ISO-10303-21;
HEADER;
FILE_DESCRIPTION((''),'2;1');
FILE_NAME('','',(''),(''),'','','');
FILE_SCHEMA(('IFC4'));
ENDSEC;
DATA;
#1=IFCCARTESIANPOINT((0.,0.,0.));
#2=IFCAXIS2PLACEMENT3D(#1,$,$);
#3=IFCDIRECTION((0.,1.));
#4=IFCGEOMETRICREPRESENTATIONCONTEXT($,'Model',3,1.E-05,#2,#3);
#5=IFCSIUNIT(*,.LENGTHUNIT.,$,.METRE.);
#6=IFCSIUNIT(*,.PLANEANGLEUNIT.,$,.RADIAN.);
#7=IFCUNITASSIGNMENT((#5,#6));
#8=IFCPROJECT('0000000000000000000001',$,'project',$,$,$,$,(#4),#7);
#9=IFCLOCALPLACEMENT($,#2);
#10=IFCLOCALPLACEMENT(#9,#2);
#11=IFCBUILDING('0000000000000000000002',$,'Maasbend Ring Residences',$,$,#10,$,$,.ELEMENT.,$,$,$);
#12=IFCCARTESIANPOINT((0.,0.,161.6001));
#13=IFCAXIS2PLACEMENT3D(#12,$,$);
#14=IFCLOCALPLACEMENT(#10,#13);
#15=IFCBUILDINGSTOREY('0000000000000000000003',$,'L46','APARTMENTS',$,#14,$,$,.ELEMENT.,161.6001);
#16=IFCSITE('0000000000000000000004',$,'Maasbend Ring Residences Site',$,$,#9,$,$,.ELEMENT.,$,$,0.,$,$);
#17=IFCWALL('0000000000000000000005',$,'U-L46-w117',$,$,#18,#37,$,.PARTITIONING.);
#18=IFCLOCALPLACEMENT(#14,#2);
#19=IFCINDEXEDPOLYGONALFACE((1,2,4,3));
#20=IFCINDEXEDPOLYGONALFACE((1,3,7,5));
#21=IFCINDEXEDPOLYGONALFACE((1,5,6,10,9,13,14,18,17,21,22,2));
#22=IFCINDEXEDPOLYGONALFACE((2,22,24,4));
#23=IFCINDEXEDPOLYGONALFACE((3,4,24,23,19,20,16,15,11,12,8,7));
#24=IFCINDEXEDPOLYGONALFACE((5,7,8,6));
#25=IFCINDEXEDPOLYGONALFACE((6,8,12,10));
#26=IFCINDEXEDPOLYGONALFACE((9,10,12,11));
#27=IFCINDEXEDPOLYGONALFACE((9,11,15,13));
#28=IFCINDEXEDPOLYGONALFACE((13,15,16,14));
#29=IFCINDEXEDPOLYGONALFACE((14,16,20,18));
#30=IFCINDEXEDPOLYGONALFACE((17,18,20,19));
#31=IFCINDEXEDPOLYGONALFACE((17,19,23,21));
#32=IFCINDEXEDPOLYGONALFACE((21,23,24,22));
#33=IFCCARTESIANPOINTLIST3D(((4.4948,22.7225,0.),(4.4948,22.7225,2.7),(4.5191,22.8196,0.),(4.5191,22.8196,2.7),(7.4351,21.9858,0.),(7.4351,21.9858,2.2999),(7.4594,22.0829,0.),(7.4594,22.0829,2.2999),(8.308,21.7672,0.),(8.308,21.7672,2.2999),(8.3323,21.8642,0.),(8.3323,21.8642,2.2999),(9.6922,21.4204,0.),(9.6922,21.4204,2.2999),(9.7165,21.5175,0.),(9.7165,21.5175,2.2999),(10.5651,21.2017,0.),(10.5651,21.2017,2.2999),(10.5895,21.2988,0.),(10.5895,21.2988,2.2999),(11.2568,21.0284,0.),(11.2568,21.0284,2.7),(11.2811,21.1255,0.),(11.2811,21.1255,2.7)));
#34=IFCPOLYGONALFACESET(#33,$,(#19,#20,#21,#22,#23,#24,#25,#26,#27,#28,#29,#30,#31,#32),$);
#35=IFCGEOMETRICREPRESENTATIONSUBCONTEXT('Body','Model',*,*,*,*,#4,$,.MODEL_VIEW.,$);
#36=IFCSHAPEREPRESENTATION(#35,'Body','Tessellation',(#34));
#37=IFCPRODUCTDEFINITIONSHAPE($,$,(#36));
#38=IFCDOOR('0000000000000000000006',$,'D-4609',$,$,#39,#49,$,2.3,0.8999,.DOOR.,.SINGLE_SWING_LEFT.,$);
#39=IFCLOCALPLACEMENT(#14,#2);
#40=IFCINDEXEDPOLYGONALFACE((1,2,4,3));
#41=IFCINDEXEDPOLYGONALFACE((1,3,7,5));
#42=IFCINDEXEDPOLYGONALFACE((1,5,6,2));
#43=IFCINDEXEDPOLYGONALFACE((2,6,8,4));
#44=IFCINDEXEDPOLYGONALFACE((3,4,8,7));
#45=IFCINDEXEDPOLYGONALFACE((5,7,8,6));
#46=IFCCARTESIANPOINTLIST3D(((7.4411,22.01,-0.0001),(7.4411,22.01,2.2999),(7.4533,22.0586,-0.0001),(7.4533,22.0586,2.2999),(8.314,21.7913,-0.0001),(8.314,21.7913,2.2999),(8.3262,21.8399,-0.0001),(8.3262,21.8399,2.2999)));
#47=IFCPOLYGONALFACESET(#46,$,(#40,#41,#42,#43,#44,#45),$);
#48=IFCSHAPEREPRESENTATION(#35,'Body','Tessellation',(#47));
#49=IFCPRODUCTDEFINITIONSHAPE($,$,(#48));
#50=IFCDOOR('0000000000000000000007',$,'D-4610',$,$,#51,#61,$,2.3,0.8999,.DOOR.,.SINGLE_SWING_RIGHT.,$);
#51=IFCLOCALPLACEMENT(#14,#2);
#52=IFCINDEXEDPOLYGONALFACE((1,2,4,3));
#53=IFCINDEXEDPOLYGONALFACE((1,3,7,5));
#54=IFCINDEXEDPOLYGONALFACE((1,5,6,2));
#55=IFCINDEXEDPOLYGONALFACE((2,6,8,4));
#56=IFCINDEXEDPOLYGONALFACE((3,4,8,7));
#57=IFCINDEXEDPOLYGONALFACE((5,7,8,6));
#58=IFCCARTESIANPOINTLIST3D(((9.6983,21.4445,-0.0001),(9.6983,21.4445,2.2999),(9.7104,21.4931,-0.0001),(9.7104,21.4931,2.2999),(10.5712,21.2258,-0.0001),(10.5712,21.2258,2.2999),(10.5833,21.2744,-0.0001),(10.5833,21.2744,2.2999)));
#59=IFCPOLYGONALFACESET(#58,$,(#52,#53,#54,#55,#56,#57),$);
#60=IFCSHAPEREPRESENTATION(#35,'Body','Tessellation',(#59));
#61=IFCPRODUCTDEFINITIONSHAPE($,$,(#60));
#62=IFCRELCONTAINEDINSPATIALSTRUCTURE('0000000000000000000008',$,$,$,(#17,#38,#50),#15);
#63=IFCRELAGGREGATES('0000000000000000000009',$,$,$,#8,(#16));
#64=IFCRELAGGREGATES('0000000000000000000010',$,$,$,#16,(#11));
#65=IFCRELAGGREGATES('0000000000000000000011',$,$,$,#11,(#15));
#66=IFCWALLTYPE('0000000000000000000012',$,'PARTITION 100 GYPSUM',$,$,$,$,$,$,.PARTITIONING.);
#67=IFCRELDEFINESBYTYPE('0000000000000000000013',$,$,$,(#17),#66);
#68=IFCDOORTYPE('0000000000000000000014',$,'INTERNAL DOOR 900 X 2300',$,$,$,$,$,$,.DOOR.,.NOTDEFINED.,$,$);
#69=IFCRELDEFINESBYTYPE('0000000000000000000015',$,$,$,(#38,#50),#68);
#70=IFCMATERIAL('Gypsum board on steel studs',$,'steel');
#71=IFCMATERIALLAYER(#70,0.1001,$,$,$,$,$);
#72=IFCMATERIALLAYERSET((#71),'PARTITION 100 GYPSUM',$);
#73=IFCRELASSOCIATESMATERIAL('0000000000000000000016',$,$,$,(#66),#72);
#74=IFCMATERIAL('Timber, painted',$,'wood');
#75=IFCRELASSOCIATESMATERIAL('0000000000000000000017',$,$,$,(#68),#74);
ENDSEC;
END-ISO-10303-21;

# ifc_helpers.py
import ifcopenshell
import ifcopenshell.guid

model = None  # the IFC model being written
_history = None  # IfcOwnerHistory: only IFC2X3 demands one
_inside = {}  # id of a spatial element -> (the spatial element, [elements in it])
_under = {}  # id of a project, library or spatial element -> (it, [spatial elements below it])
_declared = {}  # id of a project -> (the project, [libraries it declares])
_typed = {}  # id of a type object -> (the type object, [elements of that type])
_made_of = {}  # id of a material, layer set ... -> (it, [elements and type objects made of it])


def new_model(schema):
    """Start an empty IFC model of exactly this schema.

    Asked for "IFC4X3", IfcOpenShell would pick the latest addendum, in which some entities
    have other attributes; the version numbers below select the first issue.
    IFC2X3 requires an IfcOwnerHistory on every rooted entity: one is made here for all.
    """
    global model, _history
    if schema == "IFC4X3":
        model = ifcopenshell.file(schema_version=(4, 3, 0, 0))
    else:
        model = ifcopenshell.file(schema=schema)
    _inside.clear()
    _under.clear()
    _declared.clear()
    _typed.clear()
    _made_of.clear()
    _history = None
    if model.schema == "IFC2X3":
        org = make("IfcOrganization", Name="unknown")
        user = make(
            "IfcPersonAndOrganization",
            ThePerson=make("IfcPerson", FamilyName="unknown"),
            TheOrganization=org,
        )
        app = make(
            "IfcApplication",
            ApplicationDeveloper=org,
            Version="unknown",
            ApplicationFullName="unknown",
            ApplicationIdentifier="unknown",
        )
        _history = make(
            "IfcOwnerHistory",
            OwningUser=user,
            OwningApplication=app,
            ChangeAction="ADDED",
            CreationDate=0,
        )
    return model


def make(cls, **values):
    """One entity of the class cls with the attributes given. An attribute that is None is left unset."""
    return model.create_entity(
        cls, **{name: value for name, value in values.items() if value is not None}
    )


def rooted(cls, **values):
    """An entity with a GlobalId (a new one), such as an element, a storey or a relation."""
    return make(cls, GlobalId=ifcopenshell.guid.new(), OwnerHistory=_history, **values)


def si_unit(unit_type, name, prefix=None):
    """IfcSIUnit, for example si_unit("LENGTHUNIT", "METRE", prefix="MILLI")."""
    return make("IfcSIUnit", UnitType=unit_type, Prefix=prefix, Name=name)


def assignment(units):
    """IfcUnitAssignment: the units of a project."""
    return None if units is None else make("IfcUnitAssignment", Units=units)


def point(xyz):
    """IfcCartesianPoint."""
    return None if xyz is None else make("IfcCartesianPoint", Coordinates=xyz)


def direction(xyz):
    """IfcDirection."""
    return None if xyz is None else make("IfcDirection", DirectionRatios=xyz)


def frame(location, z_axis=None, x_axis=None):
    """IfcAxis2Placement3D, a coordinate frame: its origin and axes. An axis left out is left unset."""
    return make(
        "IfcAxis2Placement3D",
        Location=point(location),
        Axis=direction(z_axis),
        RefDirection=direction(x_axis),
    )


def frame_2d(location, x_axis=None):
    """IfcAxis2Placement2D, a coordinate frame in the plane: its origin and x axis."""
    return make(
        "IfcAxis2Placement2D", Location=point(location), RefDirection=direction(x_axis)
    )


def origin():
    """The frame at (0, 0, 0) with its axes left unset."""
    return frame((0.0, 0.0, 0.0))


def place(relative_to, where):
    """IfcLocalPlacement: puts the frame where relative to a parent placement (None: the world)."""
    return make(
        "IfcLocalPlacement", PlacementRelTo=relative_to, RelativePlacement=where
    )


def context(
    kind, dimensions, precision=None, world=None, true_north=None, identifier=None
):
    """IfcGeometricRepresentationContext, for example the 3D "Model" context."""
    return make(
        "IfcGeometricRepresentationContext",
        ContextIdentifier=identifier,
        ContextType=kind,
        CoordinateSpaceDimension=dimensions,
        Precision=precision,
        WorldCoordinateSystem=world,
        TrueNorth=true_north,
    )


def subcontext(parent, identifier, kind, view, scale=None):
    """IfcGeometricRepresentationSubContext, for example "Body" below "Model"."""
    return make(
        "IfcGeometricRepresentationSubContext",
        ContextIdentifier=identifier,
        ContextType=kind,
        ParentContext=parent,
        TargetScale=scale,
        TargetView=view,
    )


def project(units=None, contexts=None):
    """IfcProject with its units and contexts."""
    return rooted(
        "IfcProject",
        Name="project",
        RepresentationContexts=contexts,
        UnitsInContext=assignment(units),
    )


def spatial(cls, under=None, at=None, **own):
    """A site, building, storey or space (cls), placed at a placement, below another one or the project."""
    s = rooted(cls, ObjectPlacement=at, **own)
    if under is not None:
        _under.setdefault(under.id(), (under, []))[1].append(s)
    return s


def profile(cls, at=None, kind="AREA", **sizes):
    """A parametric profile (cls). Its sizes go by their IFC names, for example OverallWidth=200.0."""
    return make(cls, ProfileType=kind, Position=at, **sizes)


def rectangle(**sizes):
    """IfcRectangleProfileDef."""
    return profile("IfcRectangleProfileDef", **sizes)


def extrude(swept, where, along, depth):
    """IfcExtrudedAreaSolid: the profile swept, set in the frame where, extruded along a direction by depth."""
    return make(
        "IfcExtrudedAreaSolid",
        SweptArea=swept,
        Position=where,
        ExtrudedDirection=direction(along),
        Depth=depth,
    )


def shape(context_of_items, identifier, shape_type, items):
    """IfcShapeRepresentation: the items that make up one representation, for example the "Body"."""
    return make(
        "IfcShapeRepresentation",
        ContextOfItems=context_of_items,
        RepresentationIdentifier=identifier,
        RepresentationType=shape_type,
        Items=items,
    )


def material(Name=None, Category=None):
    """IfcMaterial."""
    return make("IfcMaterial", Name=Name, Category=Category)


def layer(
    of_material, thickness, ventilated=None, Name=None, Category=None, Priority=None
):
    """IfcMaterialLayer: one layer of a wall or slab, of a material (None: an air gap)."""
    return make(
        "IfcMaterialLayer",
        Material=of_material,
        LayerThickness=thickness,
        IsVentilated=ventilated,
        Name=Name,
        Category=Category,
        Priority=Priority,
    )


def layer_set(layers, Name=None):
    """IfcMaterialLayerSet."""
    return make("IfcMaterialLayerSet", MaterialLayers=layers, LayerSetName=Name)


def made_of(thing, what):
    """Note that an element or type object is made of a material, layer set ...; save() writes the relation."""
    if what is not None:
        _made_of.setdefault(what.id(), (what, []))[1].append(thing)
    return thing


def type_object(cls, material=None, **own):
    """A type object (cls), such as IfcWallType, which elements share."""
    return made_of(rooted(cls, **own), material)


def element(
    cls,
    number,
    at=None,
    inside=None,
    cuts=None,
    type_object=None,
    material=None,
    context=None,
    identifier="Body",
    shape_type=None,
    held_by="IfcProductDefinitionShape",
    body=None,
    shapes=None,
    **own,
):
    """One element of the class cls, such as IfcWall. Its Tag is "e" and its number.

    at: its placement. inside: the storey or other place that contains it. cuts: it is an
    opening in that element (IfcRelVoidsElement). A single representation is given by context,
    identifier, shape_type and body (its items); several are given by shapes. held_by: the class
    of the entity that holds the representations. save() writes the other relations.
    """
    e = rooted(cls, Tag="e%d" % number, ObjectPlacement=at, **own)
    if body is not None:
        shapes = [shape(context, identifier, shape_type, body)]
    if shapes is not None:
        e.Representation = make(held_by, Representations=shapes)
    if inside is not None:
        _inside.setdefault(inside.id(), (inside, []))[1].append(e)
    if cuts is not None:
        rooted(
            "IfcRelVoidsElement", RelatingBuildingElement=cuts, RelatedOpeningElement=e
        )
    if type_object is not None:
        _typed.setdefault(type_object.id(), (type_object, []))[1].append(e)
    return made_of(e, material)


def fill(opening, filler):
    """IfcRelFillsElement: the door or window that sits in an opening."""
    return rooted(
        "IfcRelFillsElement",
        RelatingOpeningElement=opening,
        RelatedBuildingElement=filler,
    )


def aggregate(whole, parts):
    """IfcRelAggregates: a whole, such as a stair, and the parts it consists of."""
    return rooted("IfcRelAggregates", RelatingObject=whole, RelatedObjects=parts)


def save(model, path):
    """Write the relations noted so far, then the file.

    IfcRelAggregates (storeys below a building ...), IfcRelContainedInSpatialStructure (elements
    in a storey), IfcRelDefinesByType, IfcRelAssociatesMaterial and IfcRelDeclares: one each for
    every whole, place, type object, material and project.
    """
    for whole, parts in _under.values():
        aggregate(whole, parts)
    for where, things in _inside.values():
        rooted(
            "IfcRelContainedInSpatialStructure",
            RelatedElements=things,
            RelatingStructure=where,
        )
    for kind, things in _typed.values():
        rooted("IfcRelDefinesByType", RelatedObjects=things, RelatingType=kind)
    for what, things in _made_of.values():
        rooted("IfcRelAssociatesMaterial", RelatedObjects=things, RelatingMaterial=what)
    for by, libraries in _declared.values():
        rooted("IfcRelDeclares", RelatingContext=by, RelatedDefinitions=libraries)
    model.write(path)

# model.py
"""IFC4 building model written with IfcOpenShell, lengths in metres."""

from ifc_helpers import new_model, si_unit, direction, frame, frame_2d, origin, place, context, subcontext, project, spatial, rectangle, extrude, material, layer, layer_set, type_object, element, fill, save


model = new_model("IFC4")

# Units and contexts
model_context = context("Model", 3, precision=1e-05, world=origin(), true_north=direction((0.0, 1.0)))
body_context = subcontext(model_context, "Body", "Model", "MODEL_VIEW")
ifc_project = project(units=[si_unit("LENGTHUNIT", "METRE"), si_unit("PLANEANGLEUNIT", "RADIAN")], contexts=[model_context])

# Site, building, storey
site_placement = place(None, origin())
site = spatial("IfcSite", under=ifc_project, at=site_placement, Name="Maasbend Ring Residences Site", CompositionType="ELEMENT", RefElevation=0.0)
building_placement = place(site_placement, origin())
building = spatial("IfcBuilding", under=site, at=building_placement, Name="Maasbend Ring Residences", CompositionType="ELEMENT")
storey_placement = place(building_placement, frame((0.0, 0.0, 161.6001)))
storey = spatial("IfcBuildingStorey", under=building, at=storey_placement, Name="L46", Description="APARTMENTS", CompositionType="ELEMENT", Elevation=161.6001)

# Shared definitions
ifc_material_1 = material(Name="Gypsum board on steel studs", Category="steel")
ifc_layer_1 = layer(ifc_material_1, 0.1001)
ifc_layer_set_1 = layer_set([ifc_layer_1], Name="PARTITION 100 GYPSUM")
wall_type_1 = type_object("IfcWallType", Name="PARTITION 100 GYPSUM", PredefinedType="PARTITIONING", material=ifc_layer_set_1)
ifc_material_2 = material(Name="Timber, painted", Category="wood")
door_type_1 = type_object("IfcDoorType", Name="INTERNAL DOOR 900 X 2300", OperationType="NOTDEFINED", PredefinedType="DOOR", material=ifc_material_2)

# Wall, openings, doors
wall_1_placement = place(storey_placement, frame((4.5071, 22.771, 0.0), z_axis=(0.0, 0.0, 1.0), x_axis=(0.970021, -0.243022, 0.0)))
wall_1 = element("IfcWall", 1, at=wall_1_placement, inside=storey, type_object=wall_type_1, Name="U-L46-w117", PredefinedType="PARTITIONING", context=body_context, shape_type="SweptSolid", body=[
    extrude(rectangle(XDim=6.9709, YDim=0.1001, at=frame_2d((3.4854, 0.0))), origin(), (0.0, 0.0, 1.0), 2.7),
])
opening_1_placement = place(wall_1_placement, frame((3.031, 0.0, 0.0)))
opening_1 = element("IfcOpeningElement", 2, at=opening_1_placement, cuts=wall_1, PredefinedType="OPENING", context=body_context, shape_type="SweptSolid", body=[
    extrude(rectangle(XDim=0.8999, YDim=2.3, at=frame_2d((0.45, 1.1499))), frame((0.0, 0.0601, 0.0), z_axis=(0.0, -1.0, 0.0), x_axis=(1.0, 0.0, 0.0)), (0.0, 0.0, 1.0), 0.1201),
])
opening_2_placement = place(wall_1_placement, frame((5.3579, 0.0, 0.0)))
opening_2 = element("IfcOpeningElement", 3, at=opening_2_placement, cuts=wall_1, PredefinedType="OPENING", context=body_context, shape_type="SweptSolid", body=[
    extrude(rectangle(XDim=0.8999, YDim=2.3, at=frame_2d((0.45, 1.1499))), frame((0.0, 0.0601, 0.0), z_axis=(0.0, -1.0, 0.0), x_axis=(1.0, 0.0, 0.0)), (0.0, 0.0, 1.0), 0.1201),
])
door_1_placement = place(opening_1_placement, origin())
door_1 = element("IfcDoor", 4, at=door_1_placement, inside=storey, type_object=door_type_1, Name="D-4609", OperationType="SINGLE_SWING_LEFT", OverallHeight=2.3, OverallWidth=0.8999, PredefinedType="DOOR", context=body_context, shape_type="SweptSolid", body=[
    extrude(rectangle(XDim=0.8999, YDim=2.3, at=frame_2d((0.45, 1.1499))), frame((0.0, 0.0249, 0.0), z_axis=(0.0, -1.0, 0.0), x_axis=(1.0, 0.0, 0.0)), (0.0, 0.0, 1.0), 0.05),
])
fill(opening_1, door_1)
door_2_placement = place(opening_2_placement, origin())
door_2 = element("IfcDoor", 5, at=door_2_placement, inside=storey, type_object=door_type_1, Name="D-4610", OperationType="SINGLE_SWING_RIGHT", OverallHeight=2.3, OverallWidth=0.8999, PredefinedType="DOOR", context=body_context, shape_type="SweptSolid", body=[
    extrude(rectangle(XDim=0.8999, YDim=2.3, at=frame_2d((0.45, 1.1499))), frame((0.0, 0.0249, 0.0), z_axis=(0.0, -1.0, 0.0), x_axis=(1.0, 0.0, 0.0)), (0.0, 0.0, 1.0), 0.05),
])
fill(opening_2, door_2)

save(model, "model.ifc")
